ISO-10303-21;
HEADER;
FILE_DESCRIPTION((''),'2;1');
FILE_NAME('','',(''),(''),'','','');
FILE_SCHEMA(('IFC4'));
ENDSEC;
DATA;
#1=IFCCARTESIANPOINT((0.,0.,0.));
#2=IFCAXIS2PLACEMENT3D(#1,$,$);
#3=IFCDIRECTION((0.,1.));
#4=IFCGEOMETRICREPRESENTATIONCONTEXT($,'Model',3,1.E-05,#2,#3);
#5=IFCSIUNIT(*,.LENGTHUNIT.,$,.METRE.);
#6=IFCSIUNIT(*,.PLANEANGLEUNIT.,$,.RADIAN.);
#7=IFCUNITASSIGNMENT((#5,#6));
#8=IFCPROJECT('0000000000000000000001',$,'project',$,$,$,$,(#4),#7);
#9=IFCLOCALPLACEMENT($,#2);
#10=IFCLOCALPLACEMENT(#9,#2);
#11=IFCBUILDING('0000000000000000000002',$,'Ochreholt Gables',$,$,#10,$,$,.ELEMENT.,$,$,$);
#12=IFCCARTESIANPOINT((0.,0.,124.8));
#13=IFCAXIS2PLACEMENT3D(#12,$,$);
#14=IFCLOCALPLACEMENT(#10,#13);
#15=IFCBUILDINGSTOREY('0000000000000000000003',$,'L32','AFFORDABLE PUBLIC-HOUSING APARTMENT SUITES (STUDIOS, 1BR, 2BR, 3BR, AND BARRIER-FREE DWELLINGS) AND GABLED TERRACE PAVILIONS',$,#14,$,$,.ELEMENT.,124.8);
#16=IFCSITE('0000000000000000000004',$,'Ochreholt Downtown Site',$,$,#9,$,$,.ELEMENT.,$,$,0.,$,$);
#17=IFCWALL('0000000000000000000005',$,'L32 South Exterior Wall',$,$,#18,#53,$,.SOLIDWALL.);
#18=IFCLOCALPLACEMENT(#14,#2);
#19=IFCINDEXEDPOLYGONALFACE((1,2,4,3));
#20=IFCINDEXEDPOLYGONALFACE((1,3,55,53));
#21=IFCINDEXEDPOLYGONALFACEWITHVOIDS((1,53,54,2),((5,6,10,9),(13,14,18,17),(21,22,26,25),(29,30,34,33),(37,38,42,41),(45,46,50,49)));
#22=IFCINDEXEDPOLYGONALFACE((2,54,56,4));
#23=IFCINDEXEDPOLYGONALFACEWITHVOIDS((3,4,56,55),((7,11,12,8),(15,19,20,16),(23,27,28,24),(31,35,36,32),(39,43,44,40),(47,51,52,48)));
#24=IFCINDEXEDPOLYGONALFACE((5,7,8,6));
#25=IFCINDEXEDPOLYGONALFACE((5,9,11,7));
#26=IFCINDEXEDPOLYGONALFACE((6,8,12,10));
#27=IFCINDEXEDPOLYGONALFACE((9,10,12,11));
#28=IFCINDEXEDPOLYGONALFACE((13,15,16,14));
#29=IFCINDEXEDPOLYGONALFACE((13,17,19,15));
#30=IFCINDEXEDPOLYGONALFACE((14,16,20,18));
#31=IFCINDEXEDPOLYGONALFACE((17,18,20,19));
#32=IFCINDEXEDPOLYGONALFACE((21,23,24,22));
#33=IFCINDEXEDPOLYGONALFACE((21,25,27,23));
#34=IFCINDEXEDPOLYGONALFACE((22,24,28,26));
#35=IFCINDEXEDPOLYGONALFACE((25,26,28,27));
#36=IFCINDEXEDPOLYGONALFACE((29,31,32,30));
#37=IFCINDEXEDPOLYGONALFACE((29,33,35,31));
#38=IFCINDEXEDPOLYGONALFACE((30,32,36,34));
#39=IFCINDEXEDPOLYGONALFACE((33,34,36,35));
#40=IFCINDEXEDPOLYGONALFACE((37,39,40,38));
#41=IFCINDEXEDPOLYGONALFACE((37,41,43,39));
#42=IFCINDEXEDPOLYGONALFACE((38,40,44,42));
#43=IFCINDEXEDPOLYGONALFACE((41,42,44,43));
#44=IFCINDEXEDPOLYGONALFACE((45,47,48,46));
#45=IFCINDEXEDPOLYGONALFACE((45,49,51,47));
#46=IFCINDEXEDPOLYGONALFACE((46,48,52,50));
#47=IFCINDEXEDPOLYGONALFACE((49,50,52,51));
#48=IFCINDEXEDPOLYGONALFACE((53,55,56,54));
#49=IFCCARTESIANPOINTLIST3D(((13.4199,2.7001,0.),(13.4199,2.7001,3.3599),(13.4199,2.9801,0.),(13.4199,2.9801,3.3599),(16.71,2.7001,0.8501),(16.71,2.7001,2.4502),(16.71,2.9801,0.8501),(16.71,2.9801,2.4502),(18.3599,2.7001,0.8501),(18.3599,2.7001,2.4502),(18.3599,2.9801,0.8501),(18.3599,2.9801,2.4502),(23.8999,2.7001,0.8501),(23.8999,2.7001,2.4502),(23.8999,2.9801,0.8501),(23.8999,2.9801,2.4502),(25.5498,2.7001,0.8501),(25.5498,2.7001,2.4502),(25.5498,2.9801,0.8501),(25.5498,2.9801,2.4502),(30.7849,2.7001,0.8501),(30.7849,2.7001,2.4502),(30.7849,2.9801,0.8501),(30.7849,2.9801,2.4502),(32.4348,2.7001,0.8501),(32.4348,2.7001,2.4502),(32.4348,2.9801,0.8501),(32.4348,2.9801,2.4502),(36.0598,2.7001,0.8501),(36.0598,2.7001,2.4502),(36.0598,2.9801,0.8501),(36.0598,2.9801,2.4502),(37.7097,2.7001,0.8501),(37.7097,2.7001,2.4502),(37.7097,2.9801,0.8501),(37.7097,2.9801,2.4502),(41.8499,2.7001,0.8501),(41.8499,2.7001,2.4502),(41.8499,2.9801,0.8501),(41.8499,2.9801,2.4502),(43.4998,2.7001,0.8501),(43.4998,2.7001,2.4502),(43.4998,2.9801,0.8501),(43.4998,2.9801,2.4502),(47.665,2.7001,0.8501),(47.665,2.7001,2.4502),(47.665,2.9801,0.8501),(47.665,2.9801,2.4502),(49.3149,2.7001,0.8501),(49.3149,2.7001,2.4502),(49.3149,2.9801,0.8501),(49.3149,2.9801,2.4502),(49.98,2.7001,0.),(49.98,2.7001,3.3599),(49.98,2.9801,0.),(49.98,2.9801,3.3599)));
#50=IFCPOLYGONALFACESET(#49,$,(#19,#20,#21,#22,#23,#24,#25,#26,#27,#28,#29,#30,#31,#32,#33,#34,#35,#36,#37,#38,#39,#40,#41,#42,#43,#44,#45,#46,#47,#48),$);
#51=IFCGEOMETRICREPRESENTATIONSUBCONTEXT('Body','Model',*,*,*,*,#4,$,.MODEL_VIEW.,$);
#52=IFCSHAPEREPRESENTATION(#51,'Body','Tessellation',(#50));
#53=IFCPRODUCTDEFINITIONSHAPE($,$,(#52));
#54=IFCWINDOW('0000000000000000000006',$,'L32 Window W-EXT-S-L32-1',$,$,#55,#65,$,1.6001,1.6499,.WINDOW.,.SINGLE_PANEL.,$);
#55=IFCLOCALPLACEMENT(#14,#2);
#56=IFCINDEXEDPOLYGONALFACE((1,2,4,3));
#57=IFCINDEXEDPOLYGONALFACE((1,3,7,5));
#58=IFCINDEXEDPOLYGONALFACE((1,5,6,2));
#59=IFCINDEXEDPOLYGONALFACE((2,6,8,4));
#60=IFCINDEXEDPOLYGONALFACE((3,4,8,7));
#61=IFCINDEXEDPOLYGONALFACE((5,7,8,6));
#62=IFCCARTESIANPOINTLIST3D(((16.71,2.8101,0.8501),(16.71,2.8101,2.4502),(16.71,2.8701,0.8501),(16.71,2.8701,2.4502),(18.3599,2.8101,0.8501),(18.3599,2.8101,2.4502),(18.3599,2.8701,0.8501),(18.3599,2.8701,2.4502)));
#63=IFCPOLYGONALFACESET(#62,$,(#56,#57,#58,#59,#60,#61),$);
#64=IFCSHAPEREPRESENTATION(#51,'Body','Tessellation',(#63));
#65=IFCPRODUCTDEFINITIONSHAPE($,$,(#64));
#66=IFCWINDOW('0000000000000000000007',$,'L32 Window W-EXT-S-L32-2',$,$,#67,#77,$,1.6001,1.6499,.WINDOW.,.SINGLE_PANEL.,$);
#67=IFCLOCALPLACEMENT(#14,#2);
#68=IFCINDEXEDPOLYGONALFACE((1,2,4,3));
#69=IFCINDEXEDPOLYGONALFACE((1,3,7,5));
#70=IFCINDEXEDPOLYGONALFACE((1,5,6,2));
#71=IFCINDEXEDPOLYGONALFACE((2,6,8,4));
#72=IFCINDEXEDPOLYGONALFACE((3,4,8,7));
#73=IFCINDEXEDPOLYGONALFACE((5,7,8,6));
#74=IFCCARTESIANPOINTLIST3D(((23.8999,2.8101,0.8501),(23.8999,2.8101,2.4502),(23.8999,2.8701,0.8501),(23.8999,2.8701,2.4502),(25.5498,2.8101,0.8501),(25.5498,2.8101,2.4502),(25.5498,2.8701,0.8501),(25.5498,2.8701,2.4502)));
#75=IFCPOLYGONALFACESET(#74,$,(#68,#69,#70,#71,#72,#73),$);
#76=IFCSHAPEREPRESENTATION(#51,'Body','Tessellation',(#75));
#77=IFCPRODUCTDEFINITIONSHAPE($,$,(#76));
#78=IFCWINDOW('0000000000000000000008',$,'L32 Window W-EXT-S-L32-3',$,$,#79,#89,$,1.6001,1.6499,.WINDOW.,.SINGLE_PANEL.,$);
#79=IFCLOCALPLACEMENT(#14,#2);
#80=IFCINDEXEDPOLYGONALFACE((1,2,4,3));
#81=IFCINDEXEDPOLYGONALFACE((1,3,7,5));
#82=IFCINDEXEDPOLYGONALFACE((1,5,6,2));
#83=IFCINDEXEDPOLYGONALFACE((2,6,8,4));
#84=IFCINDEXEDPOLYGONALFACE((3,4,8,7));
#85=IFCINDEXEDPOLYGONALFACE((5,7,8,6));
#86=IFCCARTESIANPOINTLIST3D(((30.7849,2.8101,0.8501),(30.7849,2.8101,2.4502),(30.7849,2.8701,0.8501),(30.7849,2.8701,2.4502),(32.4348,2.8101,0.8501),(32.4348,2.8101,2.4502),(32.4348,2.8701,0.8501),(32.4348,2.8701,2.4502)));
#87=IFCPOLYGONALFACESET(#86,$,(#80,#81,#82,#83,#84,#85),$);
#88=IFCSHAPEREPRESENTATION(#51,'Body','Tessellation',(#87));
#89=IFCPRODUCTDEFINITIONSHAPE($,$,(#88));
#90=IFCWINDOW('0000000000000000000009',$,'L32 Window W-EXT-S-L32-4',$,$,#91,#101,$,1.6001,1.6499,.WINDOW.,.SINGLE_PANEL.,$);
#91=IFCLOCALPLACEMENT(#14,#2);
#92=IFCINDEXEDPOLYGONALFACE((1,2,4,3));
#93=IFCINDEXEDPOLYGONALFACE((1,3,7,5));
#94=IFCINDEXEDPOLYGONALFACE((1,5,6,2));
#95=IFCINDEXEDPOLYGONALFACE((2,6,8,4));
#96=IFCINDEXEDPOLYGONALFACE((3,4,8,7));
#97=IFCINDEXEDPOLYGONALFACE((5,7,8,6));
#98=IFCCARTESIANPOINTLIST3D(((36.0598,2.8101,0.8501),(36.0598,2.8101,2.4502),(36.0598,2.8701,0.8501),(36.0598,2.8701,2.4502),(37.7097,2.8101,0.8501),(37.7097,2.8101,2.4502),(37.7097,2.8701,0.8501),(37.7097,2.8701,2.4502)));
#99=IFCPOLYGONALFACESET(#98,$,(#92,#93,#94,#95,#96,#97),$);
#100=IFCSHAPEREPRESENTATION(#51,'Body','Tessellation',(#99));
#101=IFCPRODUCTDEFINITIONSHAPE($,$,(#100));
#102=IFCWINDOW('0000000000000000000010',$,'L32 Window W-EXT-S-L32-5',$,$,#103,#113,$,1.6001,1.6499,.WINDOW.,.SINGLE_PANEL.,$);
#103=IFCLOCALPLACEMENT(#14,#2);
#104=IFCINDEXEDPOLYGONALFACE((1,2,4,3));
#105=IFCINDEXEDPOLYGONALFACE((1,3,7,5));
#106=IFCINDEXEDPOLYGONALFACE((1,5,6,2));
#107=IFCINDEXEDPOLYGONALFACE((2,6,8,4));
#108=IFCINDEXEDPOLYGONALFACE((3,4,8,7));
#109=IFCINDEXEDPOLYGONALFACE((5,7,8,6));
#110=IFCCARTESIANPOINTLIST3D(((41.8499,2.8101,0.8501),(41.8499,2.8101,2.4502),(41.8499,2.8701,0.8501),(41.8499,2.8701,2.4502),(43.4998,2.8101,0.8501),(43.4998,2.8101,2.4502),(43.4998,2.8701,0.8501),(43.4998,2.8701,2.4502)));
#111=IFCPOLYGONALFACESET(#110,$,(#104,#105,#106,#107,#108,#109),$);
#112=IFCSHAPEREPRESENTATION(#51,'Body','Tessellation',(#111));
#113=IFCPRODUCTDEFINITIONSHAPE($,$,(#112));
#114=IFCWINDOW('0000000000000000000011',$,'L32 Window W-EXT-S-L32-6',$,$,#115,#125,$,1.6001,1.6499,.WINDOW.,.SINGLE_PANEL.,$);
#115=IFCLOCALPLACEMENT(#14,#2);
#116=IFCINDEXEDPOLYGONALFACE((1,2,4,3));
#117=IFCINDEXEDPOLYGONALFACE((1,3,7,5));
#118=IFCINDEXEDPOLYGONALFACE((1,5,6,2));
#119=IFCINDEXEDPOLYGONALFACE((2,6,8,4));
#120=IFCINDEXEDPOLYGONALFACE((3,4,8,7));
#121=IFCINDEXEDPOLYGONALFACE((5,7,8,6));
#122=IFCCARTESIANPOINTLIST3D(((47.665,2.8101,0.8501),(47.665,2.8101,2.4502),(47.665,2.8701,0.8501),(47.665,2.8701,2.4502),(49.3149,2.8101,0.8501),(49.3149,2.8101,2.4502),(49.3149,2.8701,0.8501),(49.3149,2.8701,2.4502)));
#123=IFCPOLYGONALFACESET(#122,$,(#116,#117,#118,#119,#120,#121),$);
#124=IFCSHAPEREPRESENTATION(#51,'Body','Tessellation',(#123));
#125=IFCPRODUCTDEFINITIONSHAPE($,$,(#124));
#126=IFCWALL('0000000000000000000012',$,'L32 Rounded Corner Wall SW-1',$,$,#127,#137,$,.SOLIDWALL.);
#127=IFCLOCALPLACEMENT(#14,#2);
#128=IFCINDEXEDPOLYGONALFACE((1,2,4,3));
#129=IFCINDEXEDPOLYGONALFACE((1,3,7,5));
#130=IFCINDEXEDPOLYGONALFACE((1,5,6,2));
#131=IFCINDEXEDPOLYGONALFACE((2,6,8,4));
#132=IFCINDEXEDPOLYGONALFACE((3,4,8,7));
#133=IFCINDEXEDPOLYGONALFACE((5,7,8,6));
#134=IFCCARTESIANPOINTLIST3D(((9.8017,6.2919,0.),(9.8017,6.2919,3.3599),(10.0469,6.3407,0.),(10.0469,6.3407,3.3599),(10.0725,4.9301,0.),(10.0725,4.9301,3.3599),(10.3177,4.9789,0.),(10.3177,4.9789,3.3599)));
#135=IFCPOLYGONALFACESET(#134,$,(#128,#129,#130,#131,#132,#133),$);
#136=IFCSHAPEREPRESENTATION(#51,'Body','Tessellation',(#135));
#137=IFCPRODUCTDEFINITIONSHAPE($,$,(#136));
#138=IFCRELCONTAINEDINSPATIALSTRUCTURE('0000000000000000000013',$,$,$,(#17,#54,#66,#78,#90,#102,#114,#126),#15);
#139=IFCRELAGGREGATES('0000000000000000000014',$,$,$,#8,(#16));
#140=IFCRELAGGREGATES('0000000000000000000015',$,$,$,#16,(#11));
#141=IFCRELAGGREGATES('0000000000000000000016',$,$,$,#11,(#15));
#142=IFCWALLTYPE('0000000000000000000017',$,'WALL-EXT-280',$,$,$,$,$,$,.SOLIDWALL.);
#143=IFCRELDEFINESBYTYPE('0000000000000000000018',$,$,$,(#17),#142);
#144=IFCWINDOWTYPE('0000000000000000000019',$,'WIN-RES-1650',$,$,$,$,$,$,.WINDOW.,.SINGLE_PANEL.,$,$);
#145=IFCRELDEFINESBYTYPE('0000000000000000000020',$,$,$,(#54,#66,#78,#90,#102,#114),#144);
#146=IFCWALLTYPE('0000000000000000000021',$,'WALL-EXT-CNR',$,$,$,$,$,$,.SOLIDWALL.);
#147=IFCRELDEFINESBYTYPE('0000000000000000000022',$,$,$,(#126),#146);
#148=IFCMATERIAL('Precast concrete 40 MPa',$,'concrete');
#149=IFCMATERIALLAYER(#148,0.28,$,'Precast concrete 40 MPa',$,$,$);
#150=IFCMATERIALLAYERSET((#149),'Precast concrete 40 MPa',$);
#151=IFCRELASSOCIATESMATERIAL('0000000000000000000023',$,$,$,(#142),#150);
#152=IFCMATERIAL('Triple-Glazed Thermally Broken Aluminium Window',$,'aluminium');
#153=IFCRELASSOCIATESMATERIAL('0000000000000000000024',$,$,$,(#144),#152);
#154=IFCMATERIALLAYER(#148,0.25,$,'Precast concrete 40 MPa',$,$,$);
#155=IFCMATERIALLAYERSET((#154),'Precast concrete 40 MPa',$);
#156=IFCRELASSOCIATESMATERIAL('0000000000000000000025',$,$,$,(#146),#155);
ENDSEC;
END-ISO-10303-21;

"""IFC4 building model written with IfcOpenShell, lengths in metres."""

from ifc_helpers import new_model, si_unit, direction, frame, frame_2d, origin, place, context, subcontext, project, spatial, rectangle, extrude, material, layer, layer_set, type_object, element, fill, save


model = new_model("IFC4")

# Units and contexts
model_context = context("Model", 3, precision=1e-05, world=origin(), true_north=direction((0.0, 1.0)))
body_context = subcontext(model_context, "Body", "Model", "MODEL_VIEW")
ifc_project = project(units=[si_unit("LENGTHUNIT", "METRE"), si_unit("PLANEANGLEUNIT", "RADIAN")], contexts=[model_context])

# Site, building, storey
site_placement = place(None, origin())
site = spatial("IfcSite", under=ifc_project, at=site_placement, Name="Ochreholt Downtown Site", CompositionType="ELEMENT", RefElevation=0.0)
building_placement = place(site_placement, origin())
building = spatial("IfcBuilding", under=site, at=building_placement, Name="Ochreholt Gables", CompositionType="ELEMENT")
storey_placement = place(building_placement, frame((0.0, 0.0, 124.8)))
storey = spatial("IfcBuildingStorey", under=building, at=storey_placement, Name="L32", Description="AFFORDABLE PUBLIC-HOUSING APARTMENT SUITES (STUDIOS, 1BR, 2BR, 3BR, AND BARRIER-FREE DWELLINGS) AND GABLED TERRACE PAVILIONS", CompositionType="ELEMENT", Elevation=124.8)

# Wall, openings, windows
ifc_material_1 = material(Name="Precast concrete 40 MPa", Category="concrete")
ifc_layer_1 = layer(ifc_material_1, 0.28, Name="Precast concrete 40 MPa")
ifc_layer_set_1 = layer_set([ifc_layer_1], Name="Precast concrete 40 MPa")
wall_type_1 = type_object("IfcWallType", Name="WALL-EXT-280", PredefinedType="SOLIDWALL", material=ifc_layer_set_1)
wall_1_placement = place(storey_placement, frame((13.4199, 2.8401, 0.0), z_axis=(0.0, 0.0, 1.0), x_axis=(1.0, 0.0, 0.0)))
wall_1 = element("IfcWall", 1, at=wall_1_placement, inside=storey, type_object=wall_type_1, Name="L32 South Exterior Wall", PredefinedType="SOLIDWALL", context=body_context, shape_type="SweptSolid", body=[
    extrude(rectangle(XDim=36.5601, YDim=0.28, at=frame_2d((18.28, 0.0))), origin(), (0.0, 0.0, 1.0), 3.3599),
])
opening_1_placement = place(wall_1_placement, frame((3.29, 0.0, 0.8501)))
opening_1 = element("IfcOpeningElement", 2, at=opening_1_placement, cuts=wall_1, PredefinedType="OPENING", context=body_context, shape_type="SweptSolid", body=[
    extrude(rectangle(XDim=1.6499, YDim=1.6001, at=frame_2d((0.825, 0.8))), frame((0.0, 0.1499, 0.0), z_axis=(0.0, -1.0, 0.0), x_axis=(1.0, 0.0, 0.0)), (0.0, 0.0, 1.0), 0.3),
])
opening_2_placement = place(wall_1_placement, frame((10.48, 0.0, 0.8501)))
opening_2 = element("IfcOpeningElement", 3, at=opening_2_placement, cuts=wall_1, PredefinedType="OPENING", context=body_context, shape_type="SweptSolid", body=[
    extrude(rectangle(XDim=1.6499, YDim=1.6001, at=frame_2d((0.825, 0.8))), frame((0.0, 0.1499, 0.0), z_axis=(0.0, -1.0, 0.0), x_axis=(1.0, 0.0, 0.0)), (0.0, 0.0, 1.0), 0.3),
])
opening_3_placement = place(wall_1_placement, frame((17.365, 0.0, 0.8501)))
opening_3 = element("IfcOpeningElement", 4, at=opening_3_placement, cuts=wall_1, PredefinedType="OPENING", context=body_context, shape_type="SweptSolid", body=[
    extrude(rectangle(XDim=1.6499, YDim=1.6001, at=frame_2d((0.825, 0.8))), frame((0.0, 0.1499, 0.0), z_axis=(0.0, -1.0, 0.0), x_axis=(1.0, 0.0, 0.0)), (0.0, 0.0, 1.0), 0.3),
])
opening_4_placement = place(wall_1_placement, frame((22.6399, 0.0, 0.8501)))
opening_4 = element("IfcOpeningElement", 5, at=opening_4_placement, cuts=wall_1, PredefinedType="OPENING", context=body_context, shape_type="SweptSolid", body=[
    extrude(rectangle(XDim=1.6499, YDim=1.6001, at=frame_2d((0.825, 0.8))), frame((0.0, 0.1499, 0.0), z_axis=(0.0, -1.0, 0.0), x_axis=(1.0, 0.0, 0.0)), (0.0, 0.0, 1.0), 0.3),
])
opening_5_placement = place(wall_1_placement, frame((28.4299, 0.0, 0.8501)))
opening_5 = element("IfcOpeningElement", 6, at=opening_5_placement, cuts=wall_1, PredefinedType="OPENING", context=body_context, shape_type="SweptSolid", body=[
    extrude(rectangle(XDim=1.6499, YDim=1.6001, at=frame_2d((0.825, 0.8))), frame((0.0, 0.1499, 0.0), z_axis=(0.0, -1.0, 0.0), x_axis=(1.0, 0.0, 0.0)), (0.0, 0.0, 1.0), 0.3),
])
opening_6_placement = place(wall_1_placement, frame((34.2451, 0.0, 0.8501)))
opening_6 = element("IfcOpeningElement", 7, at=opening_6_placement, cuts=wall_1, PredefinedType="OPENING", context=body_context, shape_type="SweptSolid", body=[
    extrude(rectangle(XDim=1.6499, YDim=1.6001, at=frame_2d((0.825, 0.8))), frame((0.0, 0.1499, 0.0), z_axis=(0.0, -1.0, 0.0), x_axis=(1.0, 0.0, 0.0)), (0.0, 0.0, 1.0), 0.3),
])
ifc_material_2 = material(Name="Triple-Glazed Thermally Broken Aluminium Window", Category="aluminium")
window_type_1 = type_object("IfcWindowType", Name="WIN-RES-1650", PartitioningType="SINGLE_PANEL", PredefinedType="WINDOW", material=ifc_material_2)
window_1_placement = place(opening_1_placement, origin())
window_1 = element("IfcWindow", 8, at=window_1_placement, inside=storey, type_object=window_type_1, Name="L32 Window W-EXT-S-L32-1", OverallHeight=1.6001, OverallWidth=1.6499, PartitioningType="SINGLE_PANEL", PredefinedType="WINDOW", context=body_context, shape_type="SweptSolid", body=[
    extrude(rectangle(XDim=1.6499, YDim=1.6001, at=frame_2d((0.825, 0.8))), frame((0.0, 0.03, 0.0), z_axis=(0.0, -1.0, 0.0), x_axis=(1.0, 0.0, 0.0)), (0.0, 0.0, 1.0), 0.0601),
])
fill(opening_1, window_1)
window_2_placement = place(opening_2_placement, origin())
window_2 = element("IfcWindow", 9, at=window_2_placement, inside=storey, type_object=window_type_1, Name="L32 Window W-EXT-S-L32-2", OverallHeight=1.6001, OverallWidth=1.6499, PartitioningType="SINGLE_PANEL", PredefinedType="WINDOW", context=body_context, shape_type="SweptSolid", body=[
    extrude(rectangle(XDim=1.6499, YDim=1.6001, at=frame_2d((0.825, 0.8))), frame((0.0, 0.03, 0.0), z_axis=(0.0, -1.0, 0.0), x_axis=(1.0, 0.0, 0.0)), (0.0, 0.0, 1.0), 0.0601),
])
fill(opening_2, window_2)
window_3_placement = place(opening_3_placement, origin())
window_3 = element("IfcWindow", 10, at=window_3_placement, inside=storey, type_object=window_type_1, Name="L32 Window W-EXT-S-L32-3", OverallHeight=1.6001, OverallWidth=1.6499, PartitioningType="SINGLE_PANEL", PredefinedType="WINDOW", context=body_context, shape_type="SweptSolid", body=[
    extrude(rectangle(XDim=1.6499, YDim=1.6001, at=frame_2d((0.825, 0.8))), frame((0.0, 0.03, 0.0), z_axis=(0.0, -1.0, 0.0), x_axis=(1.0, 0.0, 0.0)), (0.0, 0.0, 1.0), 0.0601),
])
fill(opening_3, window_3)
window_4_placement = place(opening_4_placement, origin())
window_4 = element("IfcWindow", 11, at=window_4_placement, inside=storey, type_object=window_type_1, Name="L32 Window W-EXT-S-L32-4", OverallHeight=1.6001, OverallWidth=1.6499, PartitioningType="SINGLE_PANEL", PredefinedType="WINDOW", context=body_context, shape_type="SweptSolid", body=[
    extrude(rectangle(XDim=1.6499, YDim=1.6001, at=frame_2d((0.825, 0.8))), frame((0.0, 0.03, 0.0), z_axis=(0.0, -1.0, 0.0), x_axis=(1.0, 0.0, 0.0)), (0.0, 0.0, 1.0), 0.0601),
])
fill(opening_4, window_4)
window_5_placement = place(opening_5_placement, origin())
window_5 = element("IfcWindow", 12, at=window_5_placement, inside=storey, type_object=window_type_1, Name="L32 Window W-EXT-S-L32-5", OverallHeight=1.6001, OverallWidth=1.6499, PartitioningType="SINGLE_PANEL", PredefinedType="WINDOW", context=body_context, shape_type="SweptSolid", body=[
    extrude(rectangle(XDim=1.6499, YDim=1.6001, at=frame_2d((0.825, 0.8))), frame((0.0, 0.03, 0.0), z_axis=(0.0, -1.0, 0.0), x_axis=(1.0, 0.0, 0.0)), (0.0, 0.0, 1.0), 0.0601),
])
fill(opening_5, window_5)
window_6_placement = place(opening_6_placement, origin())
window_6 = element("IfcWindow", 13, at=window_6_placement, inside=storey, type_object=window_type_1, Name="L32 Window W-EXT-S-L32-6", OverallHeight=1.6001, OverallWidth=1.6499, PartitioningType="SINGLE_PANEL", PredefinedType="WINDOW", context=body_context, shape_type="SweptSolid", body=[
    extrude(rectangle(XDim=1.6499, YDim=1.6001, at=frame_2d((0.825, 0.8))), frame((0.0, 0.03, 0.0), z_axis=(0.0, -1.0, 0.0), x_axis=(1.0, 0.0, 0.0)), (0.0, 0.0, 1.0), 0.0601),
])
fill(opening_6, window_6)

# Wall
ifc_layer_2 = layer(ifc_material_1, 0.25, Name="Precast concrete 40 MPa")
ifc_layer_set_2 = layer_set([ifc_layer_2], Name="Precast concrete 40 MPa")
wall_type_2 = type_object("IfcWallType", Name="WALL-EXT-CNR", PredefinedType="SOLIDWALL", material=ifc_layer_set_2)
wall_2_placement = place(storey_placement, frame((9.9243, 6.3164, 0.0), z_axis=(0.0, 0.0, 1.0), x_axis=(0.195, -0.980803, 0.0)))
element("IfcWall", 14, at=wall_2_placement, inside=storey, type_object=wall_type_2, Name="L32 Rounded Corner Wall SW-1", PredefinedType="SOLIDWALL", context=body_context, shape_type="SweptSolid", body=[
    extrude(rectangle(XDim=1.3884, YDim=0.25, at=frame_2d((0.6943, 0.0))), origin(), (0.0, 0.0, 1.0), 3.3599),
])

save(model, "model.ifc")
